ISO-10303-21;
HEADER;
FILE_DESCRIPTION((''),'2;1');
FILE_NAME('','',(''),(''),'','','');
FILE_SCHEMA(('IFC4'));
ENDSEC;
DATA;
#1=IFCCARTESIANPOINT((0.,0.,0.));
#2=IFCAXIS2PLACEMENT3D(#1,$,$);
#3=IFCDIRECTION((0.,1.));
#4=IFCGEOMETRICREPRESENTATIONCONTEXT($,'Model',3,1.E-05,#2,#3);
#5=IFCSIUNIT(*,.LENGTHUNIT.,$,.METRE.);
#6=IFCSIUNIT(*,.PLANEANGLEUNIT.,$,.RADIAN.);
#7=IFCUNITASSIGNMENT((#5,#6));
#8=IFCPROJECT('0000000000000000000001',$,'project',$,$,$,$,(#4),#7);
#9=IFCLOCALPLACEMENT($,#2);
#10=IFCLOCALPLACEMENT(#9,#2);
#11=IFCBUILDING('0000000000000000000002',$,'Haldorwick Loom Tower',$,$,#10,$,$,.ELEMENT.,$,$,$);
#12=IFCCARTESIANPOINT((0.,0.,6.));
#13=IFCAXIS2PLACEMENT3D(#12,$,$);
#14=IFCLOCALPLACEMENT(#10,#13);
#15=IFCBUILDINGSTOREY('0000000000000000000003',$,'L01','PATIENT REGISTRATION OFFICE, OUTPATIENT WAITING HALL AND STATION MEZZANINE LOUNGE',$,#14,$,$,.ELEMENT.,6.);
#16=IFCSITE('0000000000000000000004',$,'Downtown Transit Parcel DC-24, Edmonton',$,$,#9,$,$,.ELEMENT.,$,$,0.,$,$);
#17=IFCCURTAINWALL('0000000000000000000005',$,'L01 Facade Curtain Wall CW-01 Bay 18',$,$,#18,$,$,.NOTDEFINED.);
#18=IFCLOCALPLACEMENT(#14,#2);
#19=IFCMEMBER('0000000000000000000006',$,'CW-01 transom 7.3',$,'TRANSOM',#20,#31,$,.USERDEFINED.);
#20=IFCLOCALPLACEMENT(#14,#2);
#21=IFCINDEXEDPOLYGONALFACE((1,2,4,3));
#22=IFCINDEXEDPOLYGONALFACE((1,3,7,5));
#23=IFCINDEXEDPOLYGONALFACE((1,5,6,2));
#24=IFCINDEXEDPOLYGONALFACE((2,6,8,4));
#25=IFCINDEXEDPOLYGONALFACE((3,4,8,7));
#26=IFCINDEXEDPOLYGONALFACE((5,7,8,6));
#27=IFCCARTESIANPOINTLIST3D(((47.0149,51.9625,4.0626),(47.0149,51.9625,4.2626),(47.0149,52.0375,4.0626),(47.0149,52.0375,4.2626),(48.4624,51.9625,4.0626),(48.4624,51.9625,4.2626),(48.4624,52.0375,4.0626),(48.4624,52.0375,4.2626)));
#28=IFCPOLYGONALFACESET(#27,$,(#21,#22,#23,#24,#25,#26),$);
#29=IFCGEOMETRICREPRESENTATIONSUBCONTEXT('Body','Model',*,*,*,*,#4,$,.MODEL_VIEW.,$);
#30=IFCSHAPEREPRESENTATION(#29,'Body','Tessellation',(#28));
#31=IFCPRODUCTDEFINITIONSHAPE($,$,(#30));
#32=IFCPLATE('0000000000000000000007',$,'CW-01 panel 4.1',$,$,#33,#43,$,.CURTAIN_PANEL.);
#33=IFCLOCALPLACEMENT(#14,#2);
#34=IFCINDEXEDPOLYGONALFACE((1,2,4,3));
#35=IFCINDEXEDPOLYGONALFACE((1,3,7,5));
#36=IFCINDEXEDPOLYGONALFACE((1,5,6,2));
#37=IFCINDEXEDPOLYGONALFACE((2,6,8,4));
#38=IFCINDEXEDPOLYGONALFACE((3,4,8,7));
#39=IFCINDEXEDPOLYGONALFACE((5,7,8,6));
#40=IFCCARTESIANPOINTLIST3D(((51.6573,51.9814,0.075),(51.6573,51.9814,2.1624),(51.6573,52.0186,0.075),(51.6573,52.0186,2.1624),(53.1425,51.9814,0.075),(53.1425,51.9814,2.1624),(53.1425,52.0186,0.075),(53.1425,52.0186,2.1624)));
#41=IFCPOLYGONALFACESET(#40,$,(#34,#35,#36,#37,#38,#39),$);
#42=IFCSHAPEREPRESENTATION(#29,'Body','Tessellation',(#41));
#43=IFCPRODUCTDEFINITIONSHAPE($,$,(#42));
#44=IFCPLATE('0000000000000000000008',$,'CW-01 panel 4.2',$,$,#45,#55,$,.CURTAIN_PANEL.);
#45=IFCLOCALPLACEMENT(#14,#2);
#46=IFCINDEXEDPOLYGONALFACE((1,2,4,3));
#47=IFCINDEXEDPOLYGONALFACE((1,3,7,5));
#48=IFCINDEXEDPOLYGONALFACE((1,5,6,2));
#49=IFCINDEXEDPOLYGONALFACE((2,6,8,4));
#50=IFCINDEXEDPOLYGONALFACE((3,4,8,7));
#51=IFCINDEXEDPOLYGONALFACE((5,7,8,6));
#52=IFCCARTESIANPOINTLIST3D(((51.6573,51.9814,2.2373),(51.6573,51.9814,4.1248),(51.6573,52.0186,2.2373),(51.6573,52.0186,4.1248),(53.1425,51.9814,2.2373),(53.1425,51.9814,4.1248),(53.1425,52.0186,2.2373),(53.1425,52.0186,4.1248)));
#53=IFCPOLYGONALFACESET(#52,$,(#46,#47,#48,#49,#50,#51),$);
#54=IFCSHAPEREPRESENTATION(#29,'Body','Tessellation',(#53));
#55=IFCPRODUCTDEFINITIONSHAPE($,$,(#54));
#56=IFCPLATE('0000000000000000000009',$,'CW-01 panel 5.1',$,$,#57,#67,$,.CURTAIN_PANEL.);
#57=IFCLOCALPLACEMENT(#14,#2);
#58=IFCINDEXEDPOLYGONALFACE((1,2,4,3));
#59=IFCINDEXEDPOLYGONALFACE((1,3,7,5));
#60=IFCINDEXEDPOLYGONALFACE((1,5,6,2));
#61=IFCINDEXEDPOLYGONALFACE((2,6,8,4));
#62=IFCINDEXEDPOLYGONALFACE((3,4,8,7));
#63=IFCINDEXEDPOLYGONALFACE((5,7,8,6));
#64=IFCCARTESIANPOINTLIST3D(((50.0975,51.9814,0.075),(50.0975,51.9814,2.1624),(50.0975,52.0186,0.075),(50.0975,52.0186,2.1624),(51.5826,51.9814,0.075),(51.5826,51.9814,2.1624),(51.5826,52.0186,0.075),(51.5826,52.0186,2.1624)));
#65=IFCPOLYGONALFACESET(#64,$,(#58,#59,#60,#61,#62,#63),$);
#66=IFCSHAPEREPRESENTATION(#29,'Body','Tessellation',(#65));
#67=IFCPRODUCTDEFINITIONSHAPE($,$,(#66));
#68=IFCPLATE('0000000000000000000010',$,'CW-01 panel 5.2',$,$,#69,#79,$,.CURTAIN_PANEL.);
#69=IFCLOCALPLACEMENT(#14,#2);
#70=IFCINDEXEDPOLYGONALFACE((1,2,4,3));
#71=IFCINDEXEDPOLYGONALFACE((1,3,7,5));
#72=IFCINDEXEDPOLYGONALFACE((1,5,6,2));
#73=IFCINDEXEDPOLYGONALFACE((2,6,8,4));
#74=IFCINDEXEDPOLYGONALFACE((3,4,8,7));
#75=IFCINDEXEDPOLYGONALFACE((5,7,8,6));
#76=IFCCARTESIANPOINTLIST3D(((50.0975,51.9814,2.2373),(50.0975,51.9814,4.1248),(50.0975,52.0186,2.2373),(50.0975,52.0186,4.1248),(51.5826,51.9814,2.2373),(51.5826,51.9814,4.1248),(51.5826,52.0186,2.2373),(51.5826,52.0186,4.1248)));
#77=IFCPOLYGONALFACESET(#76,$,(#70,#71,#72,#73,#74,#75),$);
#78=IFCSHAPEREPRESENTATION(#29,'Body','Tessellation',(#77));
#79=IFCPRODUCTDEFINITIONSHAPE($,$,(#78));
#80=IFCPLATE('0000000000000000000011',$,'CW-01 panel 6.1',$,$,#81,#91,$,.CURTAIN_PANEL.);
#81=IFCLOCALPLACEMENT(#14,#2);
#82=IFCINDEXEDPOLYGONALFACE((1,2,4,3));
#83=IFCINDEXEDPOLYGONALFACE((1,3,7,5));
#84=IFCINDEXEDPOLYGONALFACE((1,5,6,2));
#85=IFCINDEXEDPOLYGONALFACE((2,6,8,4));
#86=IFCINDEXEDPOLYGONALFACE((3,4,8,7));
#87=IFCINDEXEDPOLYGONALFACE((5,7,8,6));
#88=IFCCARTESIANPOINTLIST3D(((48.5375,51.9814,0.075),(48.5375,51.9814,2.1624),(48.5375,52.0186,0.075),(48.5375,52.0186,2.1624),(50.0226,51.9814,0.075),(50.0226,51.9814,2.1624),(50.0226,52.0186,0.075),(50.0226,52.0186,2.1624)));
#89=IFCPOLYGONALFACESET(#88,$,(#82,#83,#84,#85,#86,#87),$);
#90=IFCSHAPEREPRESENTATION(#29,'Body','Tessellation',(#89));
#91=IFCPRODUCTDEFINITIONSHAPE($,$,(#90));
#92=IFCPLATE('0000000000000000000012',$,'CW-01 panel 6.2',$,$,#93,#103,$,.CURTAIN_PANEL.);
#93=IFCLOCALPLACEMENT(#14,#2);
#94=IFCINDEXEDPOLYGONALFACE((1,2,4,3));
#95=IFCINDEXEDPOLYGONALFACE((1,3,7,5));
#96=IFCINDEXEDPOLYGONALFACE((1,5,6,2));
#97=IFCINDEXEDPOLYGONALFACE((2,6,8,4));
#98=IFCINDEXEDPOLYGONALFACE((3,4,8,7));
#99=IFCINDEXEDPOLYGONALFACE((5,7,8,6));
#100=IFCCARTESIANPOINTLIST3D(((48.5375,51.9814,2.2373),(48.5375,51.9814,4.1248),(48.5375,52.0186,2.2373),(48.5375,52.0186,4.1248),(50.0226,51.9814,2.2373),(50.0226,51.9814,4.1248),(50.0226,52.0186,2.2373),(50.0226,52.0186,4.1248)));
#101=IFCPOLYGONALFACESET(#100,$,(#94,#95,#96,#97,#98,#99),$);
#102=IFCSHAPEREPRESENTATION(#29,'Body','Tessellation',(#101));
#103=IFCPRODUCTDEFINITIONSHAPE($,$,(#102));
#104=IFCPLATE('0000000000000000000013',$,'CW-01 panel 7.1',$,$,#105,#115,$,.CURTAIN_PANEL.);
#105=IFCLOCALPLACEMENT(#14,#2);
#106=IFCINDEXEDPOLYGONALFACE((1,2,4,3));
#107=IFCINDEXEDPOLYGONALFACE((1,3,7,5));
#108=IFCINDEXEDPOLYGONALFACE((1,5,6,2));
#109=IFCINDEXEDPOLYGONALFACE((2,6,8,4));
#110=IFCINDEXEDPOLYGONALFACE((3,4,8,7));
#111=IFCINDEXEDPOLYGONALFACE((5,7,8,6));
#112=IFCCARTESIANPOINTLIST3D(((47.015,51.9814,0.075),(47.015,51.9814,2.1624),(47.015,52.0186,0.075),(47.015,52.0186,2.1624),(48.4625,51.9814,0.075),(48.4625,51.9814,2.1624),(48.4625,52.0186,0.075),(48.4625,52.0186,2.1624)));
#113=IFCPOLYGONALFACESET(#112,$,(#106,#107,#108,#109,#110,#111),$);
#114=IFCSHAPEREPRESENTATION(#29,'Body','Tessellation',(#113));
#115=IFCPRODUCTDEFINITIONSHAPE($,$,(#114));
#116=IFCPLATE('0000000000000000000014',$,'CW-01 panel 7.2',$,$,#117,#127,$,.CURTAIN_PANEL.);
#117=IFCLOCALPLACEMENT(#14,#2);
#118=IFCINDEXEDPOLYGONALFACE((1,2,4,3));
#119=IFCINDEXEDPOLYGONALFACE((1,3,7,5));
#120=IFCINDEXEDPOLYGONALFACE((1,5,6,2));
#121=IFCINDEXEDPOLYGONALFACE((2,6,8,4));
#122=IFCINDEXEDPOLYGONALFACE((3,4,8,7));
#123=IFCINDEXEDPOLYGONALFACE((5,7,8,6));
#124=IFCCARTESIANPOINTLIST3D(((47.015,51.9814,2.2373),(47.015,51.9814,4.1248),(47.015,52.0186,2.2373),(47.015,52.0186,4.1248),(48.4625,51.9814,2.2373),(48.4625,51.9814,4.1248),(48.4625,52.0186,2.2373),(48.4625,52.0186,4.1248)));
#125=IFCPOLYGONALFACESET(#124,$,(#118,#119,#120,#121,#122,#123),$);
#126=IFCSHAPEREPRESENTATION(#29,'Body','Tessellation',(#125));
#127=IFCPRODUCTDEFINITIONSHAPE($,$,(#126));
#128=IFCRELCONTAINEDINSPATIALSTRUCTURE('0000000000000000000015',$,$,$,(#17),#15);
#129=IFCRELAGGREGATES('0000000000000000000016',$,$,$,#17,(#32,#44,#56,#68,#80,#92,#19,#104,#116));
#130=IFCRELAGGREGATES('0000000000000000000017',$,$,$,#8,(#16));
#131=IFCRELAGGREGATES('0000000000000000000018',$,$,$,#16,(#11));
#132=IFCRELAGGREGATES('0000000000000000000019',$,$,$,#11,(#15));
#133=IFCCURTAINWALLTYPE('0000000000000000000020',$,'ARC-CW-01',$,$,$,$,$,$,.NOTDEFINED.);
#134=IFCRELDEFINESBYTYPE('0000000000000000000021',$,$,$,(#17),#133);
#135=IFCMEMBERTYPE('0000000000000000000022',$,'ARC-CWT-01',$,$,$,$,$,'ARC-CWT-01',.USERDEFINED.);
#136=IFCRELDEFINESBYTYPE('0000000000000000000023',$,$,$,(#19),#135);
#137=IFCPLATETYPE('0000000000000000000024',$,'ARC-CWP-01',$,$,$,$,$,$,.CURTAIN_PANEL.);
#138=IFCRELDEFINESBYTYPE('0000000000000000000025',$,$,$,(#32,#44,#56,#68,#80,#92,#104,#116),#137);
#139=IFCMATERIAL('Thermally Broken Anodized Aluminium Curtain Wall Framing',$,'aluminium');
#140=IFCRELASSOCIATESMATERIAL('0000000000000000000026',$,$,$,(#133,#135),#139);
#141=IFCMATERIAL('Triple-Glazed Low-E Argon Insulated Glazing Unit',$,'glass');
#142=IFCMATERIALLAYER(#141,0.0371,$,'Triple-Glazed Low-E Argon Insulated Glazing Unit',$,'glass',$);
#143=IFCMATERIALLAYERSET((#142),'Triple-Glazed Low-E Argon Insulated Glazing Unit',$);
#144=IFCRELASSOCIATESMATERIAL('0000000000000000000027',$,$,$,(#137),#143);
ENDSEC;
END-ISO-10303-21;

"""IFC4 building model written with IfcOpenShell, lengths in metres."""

from ifc_helpers import new_model, si_unit, direction, frame, origin, origin_2d, place, context, subcontext, project, spatial, rectangle, extrude, material, layer, layer_set, material_profile, profile_set, type_object, element, aggregate, save


model = new_model("IFC4")

# Units and contexts
model_context = context("Model", 3, precision=1e-05, world=origin(), true_north=direction((0.0, 1.0)))
body_context = subcontext(model_context, "Body", "Model", "MODEL_VIEW")
ifc_project = project(units=[si_unit("LENGTHUNIT", "METRE"), si_unit("PLANEANGLEUNIT", "RADIAN")], contexts=[model_context])

# Site, building, storey
site_placement = place(None, origin())
site = spatial("IfcSite", under=ifc_project, at=site_placement, Name="Downtown Transit Parcel DC-24, Edmonton", CompositionType="ELEMENT", RefElevation=0.0)
building_placement = place(site_placement, origin())
building = spatial("IfcBuilding", under=site, at=building_placement, Name="Haldorwick Loom Tower", CompositionType="ELEMENT")
storey_placement = place(building_placement, frame((0.0, 0.0, 6.0)))
storey = spatial("IfcBuildingStorey", under=building, at=storey_placement, Name="L01", Description="PATIENT REGISTRATION OFFICE, OUTPATIENT WAITING HALL AND STATION MEZZANINE LOUNGE", CompositionType="ELEMENT", Elevation=6.0)

# Curtain wall, member, plates
ifc_material_1 = material(Name="Thermally Broken Anodized Aluminium Curtain Wall Framing", Category="aluminium")
curtain_wall_type = type_object("IfcCurtainWallType", Name="ARC-CW-01", PredefinedType="NOTDEFINED", material=ifc_material_1)
curtain_wall_placement = place(storey_placement, origin())
curtain_wall = element("IfcCurtainWall", 1, at=curtain_wall_placement, inside=storey, type_object=curtain_wall_type, Name="L01 Facade Curtain Wall CW-01 Bay 18", PredefinedType="NOTDEFINED")
ifc_material_profile_1 = material_profile(ifc_material_1, rectangle(XDim=0.075, YDim=0.2, at=origin_2d()), Name="ALU_TRN_75X200", Category="aluminium")
ifc_profile_set_1 = profile_set([ifc_material_profile_1], Name="Thermally Broken Anodized Aluminium Curtain Wall Framing")
member_type_1 = type_object("IfcMemberType", Name="ARC-CWT-01", ElementType="ARC-CWT-01", PredefinedType="USERDEFINED", material=ifc_profile_set_1)
member_1_placement = place(storey_placement, frame((48.4624, 52.0, 4.1626), z_axis=(-1.0, 0.0, 0.0), x_axis=(0.0, -1.0, 0.0)))
member_1 = element("IfcMember", 2, at=member_1_placement, type_object=member_type_1, Name="CW-01 transom 7.3", ObjectType="TRANSOM", PredefinedType="USERDEFINED", context=body_context, shape_type="SweptSolid", body=[
    extrude(rectangle(XDim=0.075, YDim=0.2, at=origin_2d()), origin(), (0.0, 0.0, 1.0), 1.4475),
])
ifc_material_2 = material(Name="Triple-Glazed Low-E Argon Insulated Glazing Unit", Category="glass")
ifc_layer = layer(ifc_material_2, 0.0371, Name="Triple-Glazed Low-E Argon Insulated Glazing Unit", Category="glass")
ifc_layer_set = layer_set([ifc_layer], Name="Triple-Glazed Low-E Argon Insulated Glazing Unit")
plate_type = type_object("IfcPlateType", Name="ARC-CWP-01", PredefinedType="CURTAIN_PANEL", material=ifc_layer_set)
plate_1_placement = place(storey_placement, frame((52.3999, 52.0, 0.075), z_axis=(0.0, 0.0, 1.0), x_axis=(-1.0, 0.0, 0.0)))
plate_1 = element("IfcPlate", 3, at=plate_1_placement, type_object=plate_type, Name="CW-01 panel 4.1", PredefinedType="CURTAIN_PANEL", context=body_context, shape_type="SweptSolid", body=[
    extrude(rectangle(XDim=1.4851, YDim=0.0371, at=origin_2d()), origin(), (0.0, 0.0, 1.0), 2.0874),
])
plate_2_placement = place(storey_placement, frame((52.3999, 52.0, 2.2373), z_axis=(0.0, 0.0, 1.0), x_axis=(-1.0, 0.0, 0.0)))
plate_2 = element("IfcPlate", 4, at=plate_2_placement, type_object=plate_type, Name="CW-01 panel 4.2", PredefinedType="CURTAIN_PANEL", context=body_context, shape_type="SweptSolid", body=[
    extrude(rectangle(XDim=1.4851, YDim=0.0371, at=origin_2d()), origin(), (0.0, 0.0, 1.0), 1.8875),
])
plate_3_placement = place(storey_placement, frame((50.8401, 52.0, 0.075), z_axis=(0.0, 0.0, 1.0), x_axis=(-1.0, 0.0, 0.0)))
plate_3 = element("IfcPlate", 5, at=plate_3_placement, type_object=plate_type, Name="CW-01 panel 5.1", PredefinedType="CURTAIN_PANEL", context=body_context, shape_type="SweptSolid", body=[
    extrude(rectangle(XDim=1.4851, YDim=0.0371, at=origin_2d()), origin(), (0.0, 0.0, 1.0), 2.0874),
])
plate_4_placement = place(storey_placement, frame((50.8401, 52.0, 2.2373), z_axis=(0.0, 0.0, 1.0), x_axis=(-1.0, 0.0, 0.0)))
plate_4 = element("IfcPlate", 6, at=plate_4_placement, type_object=plate_type, Name="CW-01 panel 5.2", PredefinedType="CURTAIN_PANEL", context=body_context, shape_type="SweptSolid", body=[
    extrude(rectangle(XDim=1.4851, YDim=0.0371, at=origin_2d()), origin(), (0.0, 0.0, 1.0), 1.8875),
])
plate_5_placement = place(storey_placement, frame((49.28, 52.0, 0.075), z_axis=(0.0, 0.0, 1.0), x_axis=(-1.0, 0.0, 0.0)))
plate_5 = element("IfcPlate", 7, at=plate_5_placement, type_object=plate_type, Name="CW-01 panel 6.1", PredefinedType="CURTAIN_PANEL", context=body_context, shape_type="SweptSolid", body=[
    extrude(rectangle(XDim=1.4851, YDim=0.0371, at=origin_2d()), origin(), (0.0, 0.0, 1.0), 2.0874),
])
plate_6_placement = place(storey_placement, frame((49.28, 52.0, 2.2373), z_axis=(0.0, 0.0, 1.0), x_axis=(-1.0, 0.0, 0.0)))
plate_6 = element("IfcPlate", 8, at=plate_6_placement, type_object=plate_type, Name="CW-01 panel 6.2", PredefinedType="CURTAIN_PANEL", context=body_context, shape_type="SweptSolid", body=[
    extrude(rectangle(XDim=1.4851, YDim=0.0371, at=origin_2d()), origin(), (0.0, 0.0, 1.0), 1.8875),
])
plate_7_placement = place(storey_placement, frame((47.7388, 52.0, 0.075), z_axis=(0.0, 0.0, 1.0), x_axis=(-1.0, 0.0, 0.0)))
plate_7 = element("IfcPlate", 9, at=plate_7_placement, type_object=plate_type, Name="CW-01 panel 7.1", PredefinedType="CURTAIN_PANEL", context=body_context, shape_type="SweptSolid", body=[
    extrude(rectangle(XDim=1.4475, YDim=0.0371, at=origin_2d()), origin(), (0.0, 0.0, 1.0), 2.0874),
])
plate_8_placement = place(storey_placement, frame((47.7388, 52.0, 2.2373), z_axis=(0.0, 0.0, 1.0), x_axis=(-1.0, 0.0, 0.0)))
plate_8 = element("IfcPlate", 10, at=plate_8_placement, type_object=plate_type, Name="CW-01 panel 7.2", PredefinedType="CURTAIN_PANEL", context=body_context, shape_type="SweptSolid", body=[
    extrude(rectangle(XDim=1.4475, YDim=0.0371, at=origin_2d()), origin(), (0.0, 0.0, 1.0), 1.8875),
])
aggregate(curtain_wall, [plate_1, plate_2, plate_3, plate_4, plate_5, plate_6, member_1, plate_7, plate_8])

save(model, "model.ifc")
